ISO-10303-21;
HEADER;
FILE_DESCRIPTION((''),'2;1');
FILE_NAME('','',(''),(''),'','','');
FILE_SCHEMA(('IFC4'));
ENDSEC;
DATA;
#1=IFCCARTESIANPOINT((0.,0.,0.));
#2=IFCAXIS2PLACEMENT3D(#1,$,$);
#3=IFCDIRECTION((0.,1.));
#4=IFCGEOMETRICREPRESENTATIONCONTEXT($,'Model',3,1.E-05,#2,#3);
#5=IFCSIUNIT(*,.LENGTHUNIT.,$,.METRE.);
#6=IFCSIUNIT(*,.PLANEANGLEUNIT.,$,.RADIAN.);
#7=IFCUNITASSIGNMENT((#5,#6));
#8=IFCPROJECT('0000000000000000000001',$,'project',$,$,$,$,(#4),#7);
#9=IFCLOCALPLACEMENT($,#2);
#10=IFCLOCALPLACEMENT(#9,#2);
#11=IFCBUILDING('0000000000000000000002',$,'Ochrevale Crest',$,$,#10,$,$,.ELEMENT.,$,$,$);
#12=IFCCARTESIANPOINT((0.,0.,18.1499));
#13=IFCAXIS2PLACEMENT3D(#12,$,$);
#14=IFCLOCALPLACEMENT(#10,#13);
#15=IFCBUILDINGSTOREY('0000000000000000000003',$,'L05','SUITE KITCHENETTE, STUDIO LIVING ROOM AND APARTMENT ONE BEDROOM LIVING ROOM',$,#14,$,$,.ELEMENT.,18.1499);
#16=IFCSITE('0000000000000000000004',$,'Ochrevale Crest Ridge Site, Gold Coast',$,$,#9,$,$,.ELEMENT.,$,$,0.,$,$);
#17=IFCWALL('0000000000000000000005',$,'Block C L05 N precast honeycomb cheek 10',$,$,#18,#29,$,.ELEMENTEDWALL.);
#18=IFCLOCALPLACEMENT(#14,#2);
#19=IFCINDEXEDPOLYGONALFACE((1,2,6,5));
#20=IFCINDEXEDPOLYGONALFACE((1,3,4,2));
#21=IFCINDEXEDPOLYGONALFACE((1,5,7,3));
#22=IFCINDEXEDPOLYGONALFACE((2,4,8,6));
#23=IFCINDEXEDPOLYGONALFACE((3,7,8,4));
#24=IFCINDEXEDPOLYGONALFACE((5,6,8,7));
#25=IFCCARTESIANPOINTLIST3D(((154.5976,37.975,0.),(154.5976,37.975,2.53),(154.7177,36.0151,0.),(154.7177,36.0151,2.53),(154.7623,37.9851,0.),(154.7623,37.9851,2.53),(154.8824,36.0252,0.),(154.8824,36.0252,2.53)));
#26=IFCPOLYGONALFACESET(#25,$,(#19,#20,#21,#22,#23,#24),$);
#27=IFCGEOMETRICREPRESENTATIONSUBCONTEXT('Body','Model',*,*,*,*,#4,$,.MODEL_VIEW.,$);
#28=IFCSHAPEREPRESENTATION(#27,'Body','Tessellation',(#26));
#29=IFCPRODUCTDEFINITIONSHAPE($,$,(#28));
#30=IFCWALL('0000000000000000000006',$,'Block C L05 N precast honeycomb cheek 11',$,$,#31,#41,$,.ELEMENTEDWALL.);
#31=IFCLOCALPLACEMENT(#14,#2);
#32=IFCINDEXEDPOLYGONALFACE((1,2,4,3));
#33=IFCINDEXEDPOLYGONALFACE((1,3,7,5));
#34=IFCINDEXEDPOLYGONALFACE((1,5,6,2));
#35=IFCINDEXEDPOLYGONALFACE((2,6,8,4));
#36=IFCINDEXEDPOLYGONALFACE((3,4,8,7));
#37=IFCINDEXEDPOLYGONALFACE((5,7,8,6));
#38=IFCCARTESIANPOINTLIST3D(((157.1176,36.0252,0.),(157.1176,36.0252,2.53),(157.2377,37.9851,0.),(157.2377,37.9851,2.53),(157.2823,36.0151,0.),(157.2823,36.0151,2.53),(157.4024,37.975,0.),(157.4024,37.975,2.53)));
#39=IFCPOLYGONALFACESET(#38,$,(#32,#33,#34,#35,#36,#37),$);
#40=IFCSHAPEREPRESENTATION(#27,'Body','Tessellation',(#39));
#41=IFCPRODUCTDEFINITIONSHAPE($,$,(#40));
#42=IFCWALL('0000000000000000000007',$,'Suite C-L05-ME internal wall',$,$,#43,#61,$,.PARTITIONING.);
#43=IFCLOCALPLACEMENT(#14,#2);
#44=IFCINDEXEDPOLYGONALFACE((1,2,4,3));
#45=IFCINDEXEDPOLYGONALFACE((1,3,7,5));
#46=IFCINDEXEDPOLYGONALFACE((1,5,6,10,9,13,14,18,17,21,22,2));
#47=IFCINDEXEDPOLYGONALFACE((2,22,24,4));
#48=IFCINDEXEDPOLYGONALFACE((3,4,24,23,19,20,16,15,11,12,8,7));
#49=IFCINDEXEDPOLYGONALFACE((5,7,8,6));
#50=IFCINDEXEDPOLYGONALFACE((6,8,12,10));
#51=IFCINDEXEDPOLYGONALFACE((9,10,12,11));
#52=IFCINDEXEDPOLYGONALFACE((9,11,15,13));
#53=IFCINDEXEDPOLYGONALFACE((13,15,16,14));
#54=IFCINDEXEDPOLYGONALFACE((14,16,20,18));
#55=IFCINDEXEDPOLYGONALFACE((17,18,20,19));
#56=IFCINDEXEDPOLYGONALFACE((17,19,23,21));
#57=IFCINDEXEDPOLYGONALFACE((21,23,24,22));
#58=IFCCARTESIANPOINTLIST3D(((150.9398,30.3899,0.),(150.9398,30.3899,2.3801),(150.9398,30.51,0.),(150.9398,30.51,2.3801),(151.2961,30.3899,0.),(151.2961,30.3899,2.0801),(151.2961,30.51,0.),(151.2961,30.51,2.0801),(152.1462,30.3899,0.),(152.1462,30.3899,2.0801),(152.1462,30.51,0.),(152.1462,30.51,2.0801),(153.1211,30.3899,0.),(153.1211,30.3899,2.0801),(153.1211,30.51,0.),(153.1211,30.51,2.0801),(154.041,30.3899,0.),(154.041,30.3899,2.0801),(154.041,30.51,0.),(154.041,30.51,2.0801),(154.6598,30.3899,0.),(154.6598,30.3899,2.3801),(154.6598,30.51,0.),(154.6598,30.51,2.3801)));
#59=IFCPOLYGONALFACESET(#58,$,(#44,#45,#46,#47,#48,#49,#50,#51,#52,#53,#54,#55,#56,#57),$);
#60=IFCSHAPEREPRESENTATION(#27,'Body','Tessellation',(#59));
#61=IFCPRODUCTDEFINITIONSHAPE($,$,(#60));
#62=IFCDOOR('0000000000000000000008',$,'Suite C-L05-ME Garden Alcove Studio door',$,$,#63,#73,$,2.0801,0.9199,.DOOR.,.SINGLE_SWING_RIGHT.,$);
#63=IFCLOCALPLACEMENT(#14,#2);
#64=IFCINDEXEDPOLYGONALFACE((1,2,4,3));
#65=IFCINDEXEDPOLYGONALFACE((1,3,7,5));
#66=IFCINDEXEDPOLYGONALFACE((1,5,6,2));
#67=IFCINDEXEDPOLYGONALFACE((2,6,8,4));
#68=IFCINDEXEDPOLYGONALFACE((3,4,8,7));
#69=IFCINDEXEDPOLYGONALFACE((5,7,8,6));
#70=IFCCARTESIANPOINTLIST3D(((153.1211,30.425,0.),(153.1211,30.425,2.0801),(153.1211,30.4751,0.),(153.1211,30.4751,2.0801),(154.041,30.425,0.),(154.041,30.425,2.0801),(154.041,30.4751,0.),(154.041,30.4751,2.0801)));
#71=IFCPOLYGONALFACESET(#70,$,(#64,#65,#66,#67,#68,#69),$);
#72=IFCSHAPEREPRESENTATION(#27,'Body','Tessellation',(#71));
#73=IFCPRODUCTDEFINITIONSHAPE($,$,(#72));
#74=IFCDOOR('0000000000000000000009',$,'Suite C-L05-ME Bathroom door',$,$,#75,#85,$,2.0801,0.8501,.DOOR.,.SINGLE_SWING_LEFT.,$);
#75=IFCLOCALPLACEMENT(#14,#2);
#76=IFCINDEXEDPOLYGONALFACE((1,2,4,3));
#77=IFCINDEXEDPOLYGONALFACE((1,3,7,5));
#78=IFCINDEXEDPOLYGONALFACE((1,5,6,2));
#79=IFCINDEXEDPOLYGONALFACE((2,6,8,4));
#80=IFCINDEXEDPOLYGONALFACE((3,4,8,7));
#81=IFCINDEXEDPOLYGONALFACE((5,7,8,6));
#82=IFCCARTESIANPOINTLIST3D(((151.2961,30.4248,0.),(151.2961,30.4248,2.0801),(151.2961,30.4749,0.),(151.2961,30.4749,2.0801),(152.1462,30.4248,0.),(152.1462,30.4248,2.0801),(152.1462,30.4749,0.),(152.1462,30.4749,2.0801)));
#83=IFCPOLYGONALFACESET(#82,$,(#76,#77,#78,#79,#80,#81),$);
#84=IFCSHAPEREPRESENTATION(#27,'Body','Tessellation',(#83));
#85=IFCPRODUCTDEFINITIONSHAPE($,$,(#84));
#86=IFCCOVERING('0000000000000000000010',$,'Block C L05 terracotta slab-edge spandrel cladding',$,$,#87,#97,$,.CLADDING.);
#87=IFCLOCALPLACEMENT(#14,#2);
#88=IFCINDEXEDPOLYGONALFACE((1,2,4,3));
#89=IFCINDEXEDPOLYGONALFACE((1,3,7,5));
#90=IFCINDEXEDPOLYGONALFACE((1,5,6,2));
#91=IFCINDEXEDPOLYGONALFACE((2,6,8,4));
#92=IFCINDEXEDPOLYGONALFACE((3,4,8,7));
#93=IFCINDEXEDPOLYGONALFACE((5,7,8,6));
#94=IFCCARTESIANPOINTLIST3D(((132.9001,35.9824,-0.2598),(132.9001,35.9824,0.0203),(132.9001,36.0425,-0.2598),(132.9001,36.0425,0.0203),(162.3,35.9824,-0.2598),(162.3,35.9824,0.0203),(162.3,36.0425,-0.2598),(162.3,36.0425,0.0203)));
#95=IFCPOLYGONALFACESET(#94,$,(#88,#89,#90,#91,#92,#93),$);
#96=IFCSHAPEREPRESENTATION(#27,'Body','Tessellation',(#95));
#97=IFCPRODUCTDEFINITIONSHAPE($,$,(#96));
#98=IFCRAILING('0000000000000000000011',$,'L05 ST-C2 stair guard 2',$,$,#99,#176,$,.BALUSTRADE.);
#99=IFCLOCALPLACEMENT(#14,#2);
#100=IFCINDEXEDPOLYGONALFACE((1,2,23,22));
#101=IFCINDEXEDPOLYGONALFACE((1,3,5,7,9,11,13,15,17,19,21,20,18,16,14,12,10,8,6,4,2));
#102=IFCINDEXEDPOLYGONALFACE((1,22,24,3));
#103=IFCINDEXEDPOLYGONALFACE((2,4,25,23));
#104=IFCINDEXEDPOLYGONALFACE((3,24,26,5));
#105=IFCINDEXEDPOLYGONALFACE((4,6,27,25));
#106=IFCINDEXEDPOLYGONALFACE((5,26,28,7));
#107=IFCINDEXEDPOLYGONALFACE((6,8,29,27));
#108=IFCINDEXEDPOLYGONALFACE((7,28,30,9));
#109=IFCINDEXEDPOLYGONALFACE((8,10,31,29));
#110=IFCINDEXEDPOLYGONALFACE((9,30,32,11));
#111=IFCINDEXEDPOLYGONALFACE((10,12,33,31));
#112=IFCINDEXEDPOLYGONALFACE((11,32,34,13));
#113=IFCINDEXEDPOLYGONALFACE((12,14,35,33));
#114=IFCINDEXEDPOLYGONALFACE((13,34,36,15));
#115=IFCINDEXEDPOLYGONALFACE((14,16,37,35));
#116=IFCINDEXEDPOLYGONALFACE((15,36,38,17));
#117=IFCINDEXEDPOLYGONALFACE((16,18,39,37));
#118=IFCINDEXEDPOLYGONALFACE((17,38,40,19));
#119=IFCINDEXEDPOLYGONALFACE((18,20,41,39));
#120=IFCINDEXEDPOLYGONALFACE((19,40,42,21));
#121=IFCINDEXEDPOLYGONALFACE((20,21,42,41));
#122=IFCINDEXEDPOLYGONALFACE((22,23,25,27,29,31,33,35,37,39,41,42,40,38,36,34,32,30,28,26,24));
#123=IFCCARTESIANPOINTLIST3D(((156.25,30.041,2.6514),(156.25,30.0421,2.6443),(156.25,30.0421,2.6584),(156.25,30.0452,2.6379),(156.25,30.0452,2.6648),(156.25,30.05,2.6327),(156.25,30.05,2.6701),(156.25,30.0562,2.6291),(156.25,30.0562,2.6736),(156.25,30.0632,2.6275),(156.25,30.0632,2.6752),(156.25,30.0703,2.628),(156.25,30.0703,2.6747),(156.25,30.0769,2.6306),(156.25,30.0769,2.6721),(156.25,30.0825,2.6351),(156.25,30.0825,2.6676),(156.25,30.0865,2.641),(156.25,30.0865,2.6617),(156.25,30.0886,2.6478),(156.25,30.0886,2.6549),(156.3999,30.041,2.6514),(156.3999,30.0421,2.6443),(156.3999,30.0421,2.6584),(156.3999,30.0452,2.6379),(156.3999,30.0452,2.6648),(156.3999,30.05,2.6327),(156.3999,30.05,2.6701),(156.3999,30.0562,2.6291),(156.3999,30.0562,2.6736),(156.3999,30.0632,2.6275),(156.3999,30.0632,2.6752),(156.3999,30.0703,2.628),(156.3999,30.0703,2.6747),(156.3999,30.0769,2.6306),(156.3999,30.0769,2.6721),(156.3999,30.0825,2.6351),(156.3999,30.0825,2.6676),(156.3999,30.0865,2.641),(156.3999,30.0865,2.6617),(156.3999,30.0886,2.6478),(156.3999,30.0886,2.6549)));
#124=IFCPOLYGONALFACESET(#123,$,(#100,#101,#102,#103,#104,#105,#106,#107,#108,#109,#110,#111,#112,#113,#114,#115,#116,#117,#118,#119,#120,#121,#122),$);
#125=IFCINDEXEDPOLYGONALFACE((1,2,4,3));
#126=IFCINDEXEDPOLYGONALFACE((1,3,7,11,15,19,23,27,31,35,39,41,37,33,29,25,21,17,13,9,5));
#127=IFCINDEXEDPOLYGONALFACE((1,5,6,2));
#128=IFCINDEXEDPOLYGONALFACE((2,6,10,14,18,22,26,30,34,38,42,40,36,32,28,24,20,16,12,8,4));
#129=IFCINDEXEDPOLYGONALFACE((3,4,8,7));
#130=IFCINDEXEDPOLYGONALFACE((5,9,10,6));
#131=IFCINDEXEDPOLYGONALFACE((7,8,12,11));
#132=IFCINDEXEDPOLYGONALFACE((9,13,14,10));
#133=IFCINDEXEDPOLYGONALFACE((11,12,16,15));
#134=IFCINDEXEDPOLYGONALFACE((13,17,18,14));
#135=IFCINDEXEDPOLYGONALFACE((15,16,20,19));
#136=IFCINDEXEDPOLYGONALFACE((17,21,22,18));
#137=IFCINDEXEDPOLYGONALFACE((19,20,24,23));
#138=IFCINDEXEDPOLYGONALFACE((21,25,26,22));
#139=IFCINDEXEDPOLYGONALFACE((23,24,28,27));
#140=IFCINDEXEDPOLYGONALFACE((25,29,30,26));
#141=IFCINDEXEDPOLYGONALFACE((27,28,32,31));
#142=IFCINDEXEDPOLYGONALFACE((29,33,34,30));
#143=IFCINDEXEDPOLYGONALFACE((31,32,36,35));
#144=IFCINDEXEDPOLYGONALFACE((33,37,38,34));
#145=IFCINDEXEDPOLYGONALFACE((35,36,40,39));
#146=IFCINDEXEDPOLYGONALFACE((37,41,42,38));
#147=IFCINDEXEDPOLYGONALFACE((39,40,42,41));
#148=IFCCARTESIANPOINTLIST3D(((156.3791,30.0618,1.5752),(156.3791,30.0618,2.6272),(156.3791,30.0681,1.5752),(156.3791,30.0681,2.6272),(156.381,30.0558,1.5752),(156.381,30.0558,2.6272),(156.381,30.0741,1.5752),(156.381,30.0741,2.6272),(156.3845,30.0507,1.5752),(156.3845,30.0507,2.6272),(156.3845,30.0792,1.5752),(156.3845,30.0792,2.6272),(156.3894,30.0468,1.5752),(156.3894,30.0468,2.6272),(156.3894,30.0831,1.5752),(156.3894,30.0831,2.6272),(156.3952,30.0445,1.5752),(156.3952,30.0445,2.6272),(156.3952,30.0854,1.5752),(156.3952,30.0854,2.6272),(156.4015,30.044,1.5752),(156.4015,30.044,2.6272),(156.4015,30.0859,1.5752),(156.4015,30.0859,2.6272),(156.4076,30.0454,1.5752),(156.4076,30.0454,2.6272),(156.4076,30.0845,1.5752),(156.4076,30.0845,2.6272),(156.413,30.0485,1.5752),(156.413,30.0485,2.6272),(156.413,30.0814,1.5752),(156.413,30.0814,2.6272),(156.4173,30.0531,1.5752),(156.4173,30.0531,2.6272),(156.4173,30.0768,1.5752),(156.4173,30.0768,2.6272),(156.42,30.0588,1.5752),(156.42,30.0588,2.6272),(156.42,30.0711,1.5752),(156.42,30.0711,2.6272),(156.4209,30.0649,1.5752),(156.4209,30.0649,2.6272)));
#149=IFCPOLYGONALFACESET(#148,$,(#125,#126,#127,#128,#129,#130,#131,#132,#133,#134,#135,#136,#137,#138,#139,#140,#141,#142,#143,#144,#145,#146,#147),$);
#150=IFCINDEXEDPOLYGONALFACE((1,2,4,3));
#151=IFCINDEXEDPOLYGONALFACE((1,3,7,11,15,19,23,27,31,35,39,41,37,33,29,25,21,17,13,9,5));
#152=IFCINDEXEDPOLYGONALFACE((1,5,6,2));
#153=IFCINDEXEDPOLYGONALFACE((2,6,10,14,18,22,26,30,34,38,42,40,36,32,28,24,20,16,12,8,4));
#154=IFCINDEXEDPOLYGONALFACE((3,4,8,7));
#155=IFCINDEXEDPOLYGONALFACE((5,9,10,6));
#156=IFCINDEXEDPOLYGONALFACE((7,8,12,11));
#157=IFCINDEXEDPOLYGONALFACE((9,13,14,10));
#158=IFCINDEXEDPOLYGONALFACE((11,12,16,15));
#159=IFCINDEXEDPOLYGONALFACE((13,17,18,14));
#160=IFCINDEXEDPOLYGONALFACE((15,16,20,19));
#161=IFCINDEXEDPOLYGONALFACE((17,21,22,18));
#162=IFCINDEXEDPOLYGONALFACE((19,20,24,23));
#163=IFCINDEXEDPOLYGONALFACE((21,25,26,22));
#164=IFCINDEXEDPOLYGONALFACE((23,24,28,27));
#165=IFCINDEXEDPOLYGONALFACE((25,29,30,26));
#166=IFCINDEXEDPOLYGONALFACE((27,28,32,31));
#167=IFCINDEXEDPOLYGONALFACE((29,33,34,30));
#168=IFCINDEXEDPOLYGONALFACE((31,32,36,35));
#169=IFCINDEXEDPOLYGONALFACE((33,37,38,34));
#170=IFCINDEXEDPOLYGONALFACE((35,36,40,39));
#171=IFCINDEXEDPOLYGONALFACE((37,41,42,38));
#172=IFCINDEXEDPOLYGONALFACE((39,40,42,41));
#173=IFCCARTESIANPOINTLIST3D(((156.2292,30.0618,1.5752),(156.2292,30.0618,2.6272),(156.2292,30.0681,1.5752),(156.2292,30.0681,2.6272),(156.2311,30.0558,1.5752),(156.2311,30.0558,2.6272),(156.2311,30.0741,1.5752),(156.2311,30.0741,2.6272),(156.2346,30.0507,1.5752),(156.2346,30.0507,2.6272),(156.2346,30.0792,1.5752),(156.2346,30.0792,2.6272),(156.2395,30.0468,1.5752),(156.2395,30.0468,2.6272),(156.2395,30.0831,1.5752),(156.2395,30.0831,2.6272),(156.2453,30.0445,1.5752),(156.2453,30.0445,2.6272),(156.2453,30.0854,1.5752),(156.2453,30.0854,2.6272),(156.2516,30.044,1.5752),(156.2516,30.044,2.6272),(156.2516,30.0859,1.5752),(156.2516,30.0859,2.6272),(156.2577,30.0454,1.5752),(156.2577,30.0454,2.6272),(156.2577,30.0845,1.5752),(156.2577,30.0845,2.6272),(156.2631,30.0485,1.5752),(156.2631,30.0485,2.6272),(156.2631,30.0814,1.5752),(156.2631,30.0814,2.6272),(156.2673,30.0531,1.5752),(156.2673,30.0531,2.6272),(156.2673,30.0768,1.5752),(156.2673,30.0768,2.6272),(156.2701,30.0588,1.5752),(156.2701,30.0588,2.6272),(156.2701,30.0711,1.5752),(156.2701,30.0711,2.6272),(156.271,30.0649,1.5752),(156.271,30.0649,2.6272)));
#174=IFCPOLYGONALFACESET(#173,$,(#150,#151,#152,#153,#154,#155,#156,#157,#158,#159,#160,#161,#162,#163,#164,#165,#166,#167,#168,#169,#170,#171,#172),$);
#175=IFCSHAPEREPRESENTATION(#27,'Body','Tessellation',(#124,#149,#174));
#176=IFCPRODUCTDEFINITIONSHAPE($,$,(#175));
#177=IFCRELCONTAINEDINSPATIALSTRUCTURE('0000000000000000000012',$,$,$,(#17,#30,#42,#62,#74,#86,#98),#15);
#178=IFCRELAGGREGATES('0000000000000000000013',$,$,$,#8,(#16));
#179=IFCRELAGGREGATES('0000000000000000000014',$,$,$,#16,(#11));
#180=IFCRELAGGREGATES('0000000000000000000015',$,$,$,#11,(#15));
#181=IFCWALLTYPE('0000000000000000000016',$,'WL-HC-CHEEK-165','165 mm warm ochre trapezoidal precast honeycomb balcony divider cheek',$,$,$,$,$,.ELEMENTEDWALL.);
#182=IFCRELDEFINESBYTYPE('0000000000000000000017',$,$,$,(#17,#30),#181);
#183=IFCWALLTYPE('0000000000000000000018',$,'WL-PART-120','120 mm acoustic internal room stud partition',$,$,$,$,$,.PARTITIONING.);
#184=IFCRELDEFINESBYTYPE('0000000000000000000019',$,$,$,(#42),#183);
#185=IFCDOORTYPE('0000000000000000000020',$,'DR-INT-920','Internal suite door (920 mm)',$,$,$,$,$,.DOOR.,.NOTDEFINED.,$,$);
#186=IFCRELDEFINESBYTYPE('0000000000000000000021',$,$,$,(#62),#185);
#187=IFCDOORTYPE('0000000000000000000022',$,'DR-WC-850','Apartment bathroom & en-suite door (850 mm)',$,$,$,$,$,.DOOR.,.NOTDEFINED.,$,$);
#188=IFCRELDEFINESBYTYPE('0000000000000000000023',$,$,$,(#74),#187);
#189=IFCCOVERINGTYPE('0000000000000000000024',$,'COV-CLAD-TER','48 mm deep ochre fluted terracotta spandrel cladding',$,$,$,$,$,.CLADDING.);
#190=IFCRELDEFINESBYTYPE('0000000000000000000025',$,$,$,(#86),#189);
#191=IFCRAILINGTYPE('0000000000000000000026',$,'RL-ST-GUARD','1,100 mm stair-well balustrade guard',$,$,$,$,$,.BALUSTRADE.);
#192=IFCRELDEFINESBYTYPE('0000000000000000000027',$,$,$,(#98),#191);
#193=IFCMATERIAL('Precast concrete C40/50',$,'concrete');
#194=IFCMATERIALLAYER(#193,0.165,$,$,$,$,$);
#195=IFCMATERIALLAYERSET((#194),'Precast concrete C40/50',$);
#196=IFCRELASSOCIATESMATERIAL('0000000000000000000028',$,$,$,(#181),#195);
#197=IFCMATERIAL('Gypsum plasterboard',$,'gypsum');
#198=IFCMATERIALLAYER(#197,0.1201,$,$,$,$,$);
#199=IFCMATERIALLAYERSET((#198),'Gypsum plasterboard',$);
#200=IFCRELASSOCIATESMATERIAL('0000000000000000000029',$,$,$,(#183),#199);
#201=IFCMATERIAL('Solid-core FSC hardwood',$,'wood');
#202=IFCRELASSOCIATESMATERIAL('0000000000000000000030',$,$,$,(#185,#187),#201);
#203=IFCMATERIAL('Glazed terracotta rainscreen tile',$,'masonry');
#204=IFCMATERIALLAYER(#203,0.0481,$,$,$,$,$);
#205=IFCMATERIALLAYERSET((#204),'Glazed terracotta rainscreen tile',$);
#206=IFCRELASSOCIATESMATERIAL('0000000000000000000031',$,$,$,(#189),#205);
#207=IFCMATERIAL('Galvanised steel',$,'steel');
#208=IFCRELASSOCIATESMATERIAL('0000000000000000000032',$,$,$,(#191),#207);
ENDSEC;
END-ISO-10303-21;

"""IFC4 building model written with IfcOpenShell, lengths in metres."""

from ifc_helpers import new_model, si_unit, direction, frame, frame_2d, origin, origin_2d, place, context, subcontext, project, spatial, rectangle, circle, extrude, material, layer, layer_set, type_object, element, fill, save


model = new_model("IFC4")

# Units and contexts
model_context = context("Model", 3, precision=1e-05, world=origin(), true_north=direction((0.0, 1.0)))
body_context = subcontext(model_context, "Body", "Model", "MODEL_VIEW")
ifc_project = project(units=[si_unit("LENGTHUNIT", "METRE"), si_unit("PLANEANGLEUNIT", "RADIAN")], contexts=[model_context])

# Site, building, storey
site_placement = place(None, origin())
site = spatial("IfcSite", under=ifc_project, at=site_placement, Name="Ochrevale Crest Ridge Site, Gold Coast", CompositionType="ELEMENT", RefElevation=0.0)
building_placement = place(site_placement, origin())
building = spatial("IfcBuilding", under=site, at=building_placement, Name="Ochrevale Crest", CompositionType="ELEMENT")
storey_placement = place(building_placement, frame((0.0, 0.0, 18.1499)))
storey = spatial("IfcBuildingStorey", under=building, at=storey_placement, Name="L05", Description="SUITE KITCHENETTE, STUDIO LIVING ROOM AND APARTMENT ONE BEDROOM LIVING ROOM", CompositionType="ELEMENT", Elevation=18.1499)

# Shared definitions
ifc_material_1 = material(Name="Precast concrete C40/50", Category="concrete")

# Walls
ifc_layer_1 = layer(ifc_material_1, 0.165)
ifc_layer_set_1 = layer_set([ifc_layer_1], Name="Precast concrete C40/50")
wall_type_1 = type_object("IfcWallType", Name="WL-HC-CHEEK-165", Description="165 mm warm ochre trapezoidal precast honeycomb balcony divider cheek", PredefinedType="ELEMENTEDWALL", material=ifc_layer_set_1)
for number, where, z_axis, x_axis, name in (
    (1, (154.8, 36.02, 0.0), (0.0, 0.0, 1.0), (-0.061171, 0.998127, 0.0), "Block C L05 N precast honeycomb cheek 10"),
    (2, (157.2, 36.02, 0.0), (0.0, 0.0, 1.0), (0.061171, 0.998127, 0.0), "Block C L05 N precast honeycomb cheek 11"),
):
    element("IfcWall", number, at=place(storey_placement, frame(where, z_axis=z_axis, x_axis=x_axis)), inside=storey, type_object=wall_type_1, Name=name, PredefinedType="ELEMENTEDWALL", context=body_context, shape_type="SweptSolid", body=[
        extrude(rectangle(XDim=1.9636, YDim=0.165, at=frame_2d((0.9819, 0.0))), origin(), (0.0, 0.0, 1.0), 2.53),
    ])

# Wall, openings, doors
ifc_material_2 = material(Name="Gypsum plasterboard", Category="gypsum")
ifc_layer_2 = layer(ifc_material_2, 0.1201)
ifc_layer_set_2 = layer_set([ifc_layer_2], Name="Gypsum plasterboard")
wall_type_2 = type_object("IfcWallType", Name="WL-PART-120", Description="120 mm acoustic internal room stud partition", PredefinedType="PARTITIONING", material=ifc_layer_set_2)
wall_1_placement = place(storey_placement, frame((150.9399, 30.45, 0.0), z_axis=(0.0, 0.0, 1.0), x_axis=(1.0, 0.0, 0.0)))
wall_1 = element("IfcWall", 3, at=wall_1_placement, inside=storey, type_object=wall_type_2, Name="Suite C-L05-ME internal wall", PredefinedType="PARTITIONING", context=body_context, shape_type="SweptSolid", body=[
    extrude(rectangle(XDim=3.72, YDim=0.1201, at=frame_2d((1.8599, 0.0))), origin(), (0.0, 0.0, 1.0), 2.3801),
])
opening_1_placement = place(wall_1_placement, frame((0.3562, 0.0, 0.0)))
opening_1 = element("IfcOpeningElement", 4, at=opening_1_placement, cuts=wall_1, PredefinedType="OPENING", context=body_context, shape_type="SweptSolid", body=[
    extrude(rectangle(XDim=0.8501, YDim=2.0801, at=frame_2d((0.425, 1.04))), frame((0.0, 0.0701, 0.0), z_axis=(0.0, -1.0, 0.0), x_axis=(1.0, 0.0, 0.0)), (0.0, 0.0, 1.0), 0.1401),
])
opening_2_placement = place(wall_1_placement, frame((3.1011, 0.0, 0.0), z_axis=(0.0, 0.0, 1.0), x_axis=(-1.0, 0.0, 0.0)))
opening_2 = element("IfcOpeningElement", 5, at=opening_2_placement, cuts=wall_1, PredefinedType="OPENING", context=body_context, shape_type="SweptSolid", body=[
    extrude(rectangle(XDim=0.9199, YDim=2.0801, at=frame_2d((0.46, 1.04))), frame((0.0, 0.0701, 0.0), z_axis=(0.0, -1.0, 0.0), x_axis=(1.0, 0.0, 0.0)), (0.0, 0.0, 1.0), 0.1401),
])
ifc_material_3 = material(Name="Solid-core FSC hardwood", Category="wood")
door_type_1 = type_object("IfcDoorType", Name="DR-INT-920", Description="Internal suite door (920 mm)", OperationType="NOTDEFINED", PredefinedType="DOOR", material=ifc_material_3)
door_1_placement = place(opening_2_placement, origin())
door_1 = element("IfcDoor", 6, at=door_1_placement, inside=storey, type_object=door_type_1, Name="Suite C-L05-ME Garden Alcove Studio door", OperationType="SINGLE_SWING_RIGHT", OverallHeight=2.0801, OverallWidth=0.9199, PredefinedType="DOOR", context=body_context, shape_type="SweptSolid", body=[
    extrude(rectangle(XDim=0.9199, YDim=2.0801, at=frame_2d((0.46, 1.04))), frame((0.0, 0.0249, 0.0), z_axis=(0.0, -1.0, 0.0), x_axis=(1.0, 0.0, 0.0)), (0.0, 0.0, 1.0), 0.05),
])
fill(opening_2, door_1)
door_type_2 = type_object("IfcDoorType", Name="DR-WC-850", Description="Apartment bathroom & en-suite door (850 mm)", OperationType="NOTDEFINED", PredefinedType="DOOR", material=ifc_material_3)
door_2_placement = place(opening_1_placement, origin())
door_2 = element("IfcDoor", 7, at=door_2_placement, inside=storey, type_object=door_type_2, Name="Suite C-L05-ME Bathroom door", OperationType="SINGLE_SWING_LEFT", OverallHeight=2.0801, OverallWidth=0.8501, PredefinedType="DOOR", context=body_context, shape_type="SweptSolid", body=[
    extrude(rectangle(XDim=0.8501, YDim=2.0801, at=frame_2d((0.425, 1.04))), frame((0.0, 0.0249, 0.0), z_axis=(0.0, -1.0, 0.0), x_axis=(1.0, 0.0, 0.0)), (0.0, 0.0, 1.0), 0.05),
])
fill(opening_1, door_2)

# Covering
ifc_material_4 = material(Name="Glazed terracotta rainscreen tile", Category="masonry")
ifc_layer_3 = layer(ifc_material_4, 0.0481)
ifc_layer_set_3 = layer_set([ifc_layer_3], Name="Glazed terracotta rainscreen tile")
covering_type = type_object("IfcCoveringType", Name="COV-CLAD-TER", Description="48 mm deep ochre fluted terracotta spandrel cladding", PredefinedType="CLADDING", material=ifc_layer_set_3)
covering_placement = place(storey_placement, frame((147.6001, 36.0125, -0.2598), z_axis=(0.0, 0.0, 1.0), x_axis=(-1.0, 0.0, 0.0)))
element("IfcCovering", 8, at=covering_placement, inside=storey, type_object=covering_type, Name="Block C L05 terracotta slab-edge spandrel cladding", PredefinedType="CLADDING", context=body_context, shape_type="SweptSolid", body=[
    extrude(rectangle(XDim=29.3999, YDim=0.0601, at=origin_2d()), origin(), (0.0, 0.0, 1.0), 0.28),
])

# Railing
ifc_material_5 = material(Name="Galvanised steel", Category="steel")
railing_type = type_object("IfcRailingType", Name="RL-ST-GUARD", Description="1,100 mm stair-well balustrade guard", PredefinedType="BALUSTRADE", material=ifc_material_5)
railing_placement = place(storey_placement, frame((156.3999, 30.0649, 1.5752)))
element("IfcRailing", 9, at=railing_placement, inside=storey, type_object=railing_type, Name="L05 ST-C2 stair guard 2", PredefinedType="BALUSTRADE", context=body_context, shape_type="SweptSolid", body=[
    extrude(circle(Radius=0.0239, at=origin_2d()), frame((0.0, 0.0, 1.0762), z_axis=(-1.0, 0.0, 0.0), x_axis=(0.0, -1.0, 0.0)), (0.0, 0.0, 1.0), 0.1499),
    extrude(circle(Radius=0.021, at=origin_2d()), origin(), (0.0, 0.0, 1.0), 1.052),
    extrude(circle(Radius=0.021, at=origin_2d()), frame((-0.1499, 0.0, 0.0)), (0.0, 0.0, 1.0), 1.052),
])

save(model, "model.ifc")
